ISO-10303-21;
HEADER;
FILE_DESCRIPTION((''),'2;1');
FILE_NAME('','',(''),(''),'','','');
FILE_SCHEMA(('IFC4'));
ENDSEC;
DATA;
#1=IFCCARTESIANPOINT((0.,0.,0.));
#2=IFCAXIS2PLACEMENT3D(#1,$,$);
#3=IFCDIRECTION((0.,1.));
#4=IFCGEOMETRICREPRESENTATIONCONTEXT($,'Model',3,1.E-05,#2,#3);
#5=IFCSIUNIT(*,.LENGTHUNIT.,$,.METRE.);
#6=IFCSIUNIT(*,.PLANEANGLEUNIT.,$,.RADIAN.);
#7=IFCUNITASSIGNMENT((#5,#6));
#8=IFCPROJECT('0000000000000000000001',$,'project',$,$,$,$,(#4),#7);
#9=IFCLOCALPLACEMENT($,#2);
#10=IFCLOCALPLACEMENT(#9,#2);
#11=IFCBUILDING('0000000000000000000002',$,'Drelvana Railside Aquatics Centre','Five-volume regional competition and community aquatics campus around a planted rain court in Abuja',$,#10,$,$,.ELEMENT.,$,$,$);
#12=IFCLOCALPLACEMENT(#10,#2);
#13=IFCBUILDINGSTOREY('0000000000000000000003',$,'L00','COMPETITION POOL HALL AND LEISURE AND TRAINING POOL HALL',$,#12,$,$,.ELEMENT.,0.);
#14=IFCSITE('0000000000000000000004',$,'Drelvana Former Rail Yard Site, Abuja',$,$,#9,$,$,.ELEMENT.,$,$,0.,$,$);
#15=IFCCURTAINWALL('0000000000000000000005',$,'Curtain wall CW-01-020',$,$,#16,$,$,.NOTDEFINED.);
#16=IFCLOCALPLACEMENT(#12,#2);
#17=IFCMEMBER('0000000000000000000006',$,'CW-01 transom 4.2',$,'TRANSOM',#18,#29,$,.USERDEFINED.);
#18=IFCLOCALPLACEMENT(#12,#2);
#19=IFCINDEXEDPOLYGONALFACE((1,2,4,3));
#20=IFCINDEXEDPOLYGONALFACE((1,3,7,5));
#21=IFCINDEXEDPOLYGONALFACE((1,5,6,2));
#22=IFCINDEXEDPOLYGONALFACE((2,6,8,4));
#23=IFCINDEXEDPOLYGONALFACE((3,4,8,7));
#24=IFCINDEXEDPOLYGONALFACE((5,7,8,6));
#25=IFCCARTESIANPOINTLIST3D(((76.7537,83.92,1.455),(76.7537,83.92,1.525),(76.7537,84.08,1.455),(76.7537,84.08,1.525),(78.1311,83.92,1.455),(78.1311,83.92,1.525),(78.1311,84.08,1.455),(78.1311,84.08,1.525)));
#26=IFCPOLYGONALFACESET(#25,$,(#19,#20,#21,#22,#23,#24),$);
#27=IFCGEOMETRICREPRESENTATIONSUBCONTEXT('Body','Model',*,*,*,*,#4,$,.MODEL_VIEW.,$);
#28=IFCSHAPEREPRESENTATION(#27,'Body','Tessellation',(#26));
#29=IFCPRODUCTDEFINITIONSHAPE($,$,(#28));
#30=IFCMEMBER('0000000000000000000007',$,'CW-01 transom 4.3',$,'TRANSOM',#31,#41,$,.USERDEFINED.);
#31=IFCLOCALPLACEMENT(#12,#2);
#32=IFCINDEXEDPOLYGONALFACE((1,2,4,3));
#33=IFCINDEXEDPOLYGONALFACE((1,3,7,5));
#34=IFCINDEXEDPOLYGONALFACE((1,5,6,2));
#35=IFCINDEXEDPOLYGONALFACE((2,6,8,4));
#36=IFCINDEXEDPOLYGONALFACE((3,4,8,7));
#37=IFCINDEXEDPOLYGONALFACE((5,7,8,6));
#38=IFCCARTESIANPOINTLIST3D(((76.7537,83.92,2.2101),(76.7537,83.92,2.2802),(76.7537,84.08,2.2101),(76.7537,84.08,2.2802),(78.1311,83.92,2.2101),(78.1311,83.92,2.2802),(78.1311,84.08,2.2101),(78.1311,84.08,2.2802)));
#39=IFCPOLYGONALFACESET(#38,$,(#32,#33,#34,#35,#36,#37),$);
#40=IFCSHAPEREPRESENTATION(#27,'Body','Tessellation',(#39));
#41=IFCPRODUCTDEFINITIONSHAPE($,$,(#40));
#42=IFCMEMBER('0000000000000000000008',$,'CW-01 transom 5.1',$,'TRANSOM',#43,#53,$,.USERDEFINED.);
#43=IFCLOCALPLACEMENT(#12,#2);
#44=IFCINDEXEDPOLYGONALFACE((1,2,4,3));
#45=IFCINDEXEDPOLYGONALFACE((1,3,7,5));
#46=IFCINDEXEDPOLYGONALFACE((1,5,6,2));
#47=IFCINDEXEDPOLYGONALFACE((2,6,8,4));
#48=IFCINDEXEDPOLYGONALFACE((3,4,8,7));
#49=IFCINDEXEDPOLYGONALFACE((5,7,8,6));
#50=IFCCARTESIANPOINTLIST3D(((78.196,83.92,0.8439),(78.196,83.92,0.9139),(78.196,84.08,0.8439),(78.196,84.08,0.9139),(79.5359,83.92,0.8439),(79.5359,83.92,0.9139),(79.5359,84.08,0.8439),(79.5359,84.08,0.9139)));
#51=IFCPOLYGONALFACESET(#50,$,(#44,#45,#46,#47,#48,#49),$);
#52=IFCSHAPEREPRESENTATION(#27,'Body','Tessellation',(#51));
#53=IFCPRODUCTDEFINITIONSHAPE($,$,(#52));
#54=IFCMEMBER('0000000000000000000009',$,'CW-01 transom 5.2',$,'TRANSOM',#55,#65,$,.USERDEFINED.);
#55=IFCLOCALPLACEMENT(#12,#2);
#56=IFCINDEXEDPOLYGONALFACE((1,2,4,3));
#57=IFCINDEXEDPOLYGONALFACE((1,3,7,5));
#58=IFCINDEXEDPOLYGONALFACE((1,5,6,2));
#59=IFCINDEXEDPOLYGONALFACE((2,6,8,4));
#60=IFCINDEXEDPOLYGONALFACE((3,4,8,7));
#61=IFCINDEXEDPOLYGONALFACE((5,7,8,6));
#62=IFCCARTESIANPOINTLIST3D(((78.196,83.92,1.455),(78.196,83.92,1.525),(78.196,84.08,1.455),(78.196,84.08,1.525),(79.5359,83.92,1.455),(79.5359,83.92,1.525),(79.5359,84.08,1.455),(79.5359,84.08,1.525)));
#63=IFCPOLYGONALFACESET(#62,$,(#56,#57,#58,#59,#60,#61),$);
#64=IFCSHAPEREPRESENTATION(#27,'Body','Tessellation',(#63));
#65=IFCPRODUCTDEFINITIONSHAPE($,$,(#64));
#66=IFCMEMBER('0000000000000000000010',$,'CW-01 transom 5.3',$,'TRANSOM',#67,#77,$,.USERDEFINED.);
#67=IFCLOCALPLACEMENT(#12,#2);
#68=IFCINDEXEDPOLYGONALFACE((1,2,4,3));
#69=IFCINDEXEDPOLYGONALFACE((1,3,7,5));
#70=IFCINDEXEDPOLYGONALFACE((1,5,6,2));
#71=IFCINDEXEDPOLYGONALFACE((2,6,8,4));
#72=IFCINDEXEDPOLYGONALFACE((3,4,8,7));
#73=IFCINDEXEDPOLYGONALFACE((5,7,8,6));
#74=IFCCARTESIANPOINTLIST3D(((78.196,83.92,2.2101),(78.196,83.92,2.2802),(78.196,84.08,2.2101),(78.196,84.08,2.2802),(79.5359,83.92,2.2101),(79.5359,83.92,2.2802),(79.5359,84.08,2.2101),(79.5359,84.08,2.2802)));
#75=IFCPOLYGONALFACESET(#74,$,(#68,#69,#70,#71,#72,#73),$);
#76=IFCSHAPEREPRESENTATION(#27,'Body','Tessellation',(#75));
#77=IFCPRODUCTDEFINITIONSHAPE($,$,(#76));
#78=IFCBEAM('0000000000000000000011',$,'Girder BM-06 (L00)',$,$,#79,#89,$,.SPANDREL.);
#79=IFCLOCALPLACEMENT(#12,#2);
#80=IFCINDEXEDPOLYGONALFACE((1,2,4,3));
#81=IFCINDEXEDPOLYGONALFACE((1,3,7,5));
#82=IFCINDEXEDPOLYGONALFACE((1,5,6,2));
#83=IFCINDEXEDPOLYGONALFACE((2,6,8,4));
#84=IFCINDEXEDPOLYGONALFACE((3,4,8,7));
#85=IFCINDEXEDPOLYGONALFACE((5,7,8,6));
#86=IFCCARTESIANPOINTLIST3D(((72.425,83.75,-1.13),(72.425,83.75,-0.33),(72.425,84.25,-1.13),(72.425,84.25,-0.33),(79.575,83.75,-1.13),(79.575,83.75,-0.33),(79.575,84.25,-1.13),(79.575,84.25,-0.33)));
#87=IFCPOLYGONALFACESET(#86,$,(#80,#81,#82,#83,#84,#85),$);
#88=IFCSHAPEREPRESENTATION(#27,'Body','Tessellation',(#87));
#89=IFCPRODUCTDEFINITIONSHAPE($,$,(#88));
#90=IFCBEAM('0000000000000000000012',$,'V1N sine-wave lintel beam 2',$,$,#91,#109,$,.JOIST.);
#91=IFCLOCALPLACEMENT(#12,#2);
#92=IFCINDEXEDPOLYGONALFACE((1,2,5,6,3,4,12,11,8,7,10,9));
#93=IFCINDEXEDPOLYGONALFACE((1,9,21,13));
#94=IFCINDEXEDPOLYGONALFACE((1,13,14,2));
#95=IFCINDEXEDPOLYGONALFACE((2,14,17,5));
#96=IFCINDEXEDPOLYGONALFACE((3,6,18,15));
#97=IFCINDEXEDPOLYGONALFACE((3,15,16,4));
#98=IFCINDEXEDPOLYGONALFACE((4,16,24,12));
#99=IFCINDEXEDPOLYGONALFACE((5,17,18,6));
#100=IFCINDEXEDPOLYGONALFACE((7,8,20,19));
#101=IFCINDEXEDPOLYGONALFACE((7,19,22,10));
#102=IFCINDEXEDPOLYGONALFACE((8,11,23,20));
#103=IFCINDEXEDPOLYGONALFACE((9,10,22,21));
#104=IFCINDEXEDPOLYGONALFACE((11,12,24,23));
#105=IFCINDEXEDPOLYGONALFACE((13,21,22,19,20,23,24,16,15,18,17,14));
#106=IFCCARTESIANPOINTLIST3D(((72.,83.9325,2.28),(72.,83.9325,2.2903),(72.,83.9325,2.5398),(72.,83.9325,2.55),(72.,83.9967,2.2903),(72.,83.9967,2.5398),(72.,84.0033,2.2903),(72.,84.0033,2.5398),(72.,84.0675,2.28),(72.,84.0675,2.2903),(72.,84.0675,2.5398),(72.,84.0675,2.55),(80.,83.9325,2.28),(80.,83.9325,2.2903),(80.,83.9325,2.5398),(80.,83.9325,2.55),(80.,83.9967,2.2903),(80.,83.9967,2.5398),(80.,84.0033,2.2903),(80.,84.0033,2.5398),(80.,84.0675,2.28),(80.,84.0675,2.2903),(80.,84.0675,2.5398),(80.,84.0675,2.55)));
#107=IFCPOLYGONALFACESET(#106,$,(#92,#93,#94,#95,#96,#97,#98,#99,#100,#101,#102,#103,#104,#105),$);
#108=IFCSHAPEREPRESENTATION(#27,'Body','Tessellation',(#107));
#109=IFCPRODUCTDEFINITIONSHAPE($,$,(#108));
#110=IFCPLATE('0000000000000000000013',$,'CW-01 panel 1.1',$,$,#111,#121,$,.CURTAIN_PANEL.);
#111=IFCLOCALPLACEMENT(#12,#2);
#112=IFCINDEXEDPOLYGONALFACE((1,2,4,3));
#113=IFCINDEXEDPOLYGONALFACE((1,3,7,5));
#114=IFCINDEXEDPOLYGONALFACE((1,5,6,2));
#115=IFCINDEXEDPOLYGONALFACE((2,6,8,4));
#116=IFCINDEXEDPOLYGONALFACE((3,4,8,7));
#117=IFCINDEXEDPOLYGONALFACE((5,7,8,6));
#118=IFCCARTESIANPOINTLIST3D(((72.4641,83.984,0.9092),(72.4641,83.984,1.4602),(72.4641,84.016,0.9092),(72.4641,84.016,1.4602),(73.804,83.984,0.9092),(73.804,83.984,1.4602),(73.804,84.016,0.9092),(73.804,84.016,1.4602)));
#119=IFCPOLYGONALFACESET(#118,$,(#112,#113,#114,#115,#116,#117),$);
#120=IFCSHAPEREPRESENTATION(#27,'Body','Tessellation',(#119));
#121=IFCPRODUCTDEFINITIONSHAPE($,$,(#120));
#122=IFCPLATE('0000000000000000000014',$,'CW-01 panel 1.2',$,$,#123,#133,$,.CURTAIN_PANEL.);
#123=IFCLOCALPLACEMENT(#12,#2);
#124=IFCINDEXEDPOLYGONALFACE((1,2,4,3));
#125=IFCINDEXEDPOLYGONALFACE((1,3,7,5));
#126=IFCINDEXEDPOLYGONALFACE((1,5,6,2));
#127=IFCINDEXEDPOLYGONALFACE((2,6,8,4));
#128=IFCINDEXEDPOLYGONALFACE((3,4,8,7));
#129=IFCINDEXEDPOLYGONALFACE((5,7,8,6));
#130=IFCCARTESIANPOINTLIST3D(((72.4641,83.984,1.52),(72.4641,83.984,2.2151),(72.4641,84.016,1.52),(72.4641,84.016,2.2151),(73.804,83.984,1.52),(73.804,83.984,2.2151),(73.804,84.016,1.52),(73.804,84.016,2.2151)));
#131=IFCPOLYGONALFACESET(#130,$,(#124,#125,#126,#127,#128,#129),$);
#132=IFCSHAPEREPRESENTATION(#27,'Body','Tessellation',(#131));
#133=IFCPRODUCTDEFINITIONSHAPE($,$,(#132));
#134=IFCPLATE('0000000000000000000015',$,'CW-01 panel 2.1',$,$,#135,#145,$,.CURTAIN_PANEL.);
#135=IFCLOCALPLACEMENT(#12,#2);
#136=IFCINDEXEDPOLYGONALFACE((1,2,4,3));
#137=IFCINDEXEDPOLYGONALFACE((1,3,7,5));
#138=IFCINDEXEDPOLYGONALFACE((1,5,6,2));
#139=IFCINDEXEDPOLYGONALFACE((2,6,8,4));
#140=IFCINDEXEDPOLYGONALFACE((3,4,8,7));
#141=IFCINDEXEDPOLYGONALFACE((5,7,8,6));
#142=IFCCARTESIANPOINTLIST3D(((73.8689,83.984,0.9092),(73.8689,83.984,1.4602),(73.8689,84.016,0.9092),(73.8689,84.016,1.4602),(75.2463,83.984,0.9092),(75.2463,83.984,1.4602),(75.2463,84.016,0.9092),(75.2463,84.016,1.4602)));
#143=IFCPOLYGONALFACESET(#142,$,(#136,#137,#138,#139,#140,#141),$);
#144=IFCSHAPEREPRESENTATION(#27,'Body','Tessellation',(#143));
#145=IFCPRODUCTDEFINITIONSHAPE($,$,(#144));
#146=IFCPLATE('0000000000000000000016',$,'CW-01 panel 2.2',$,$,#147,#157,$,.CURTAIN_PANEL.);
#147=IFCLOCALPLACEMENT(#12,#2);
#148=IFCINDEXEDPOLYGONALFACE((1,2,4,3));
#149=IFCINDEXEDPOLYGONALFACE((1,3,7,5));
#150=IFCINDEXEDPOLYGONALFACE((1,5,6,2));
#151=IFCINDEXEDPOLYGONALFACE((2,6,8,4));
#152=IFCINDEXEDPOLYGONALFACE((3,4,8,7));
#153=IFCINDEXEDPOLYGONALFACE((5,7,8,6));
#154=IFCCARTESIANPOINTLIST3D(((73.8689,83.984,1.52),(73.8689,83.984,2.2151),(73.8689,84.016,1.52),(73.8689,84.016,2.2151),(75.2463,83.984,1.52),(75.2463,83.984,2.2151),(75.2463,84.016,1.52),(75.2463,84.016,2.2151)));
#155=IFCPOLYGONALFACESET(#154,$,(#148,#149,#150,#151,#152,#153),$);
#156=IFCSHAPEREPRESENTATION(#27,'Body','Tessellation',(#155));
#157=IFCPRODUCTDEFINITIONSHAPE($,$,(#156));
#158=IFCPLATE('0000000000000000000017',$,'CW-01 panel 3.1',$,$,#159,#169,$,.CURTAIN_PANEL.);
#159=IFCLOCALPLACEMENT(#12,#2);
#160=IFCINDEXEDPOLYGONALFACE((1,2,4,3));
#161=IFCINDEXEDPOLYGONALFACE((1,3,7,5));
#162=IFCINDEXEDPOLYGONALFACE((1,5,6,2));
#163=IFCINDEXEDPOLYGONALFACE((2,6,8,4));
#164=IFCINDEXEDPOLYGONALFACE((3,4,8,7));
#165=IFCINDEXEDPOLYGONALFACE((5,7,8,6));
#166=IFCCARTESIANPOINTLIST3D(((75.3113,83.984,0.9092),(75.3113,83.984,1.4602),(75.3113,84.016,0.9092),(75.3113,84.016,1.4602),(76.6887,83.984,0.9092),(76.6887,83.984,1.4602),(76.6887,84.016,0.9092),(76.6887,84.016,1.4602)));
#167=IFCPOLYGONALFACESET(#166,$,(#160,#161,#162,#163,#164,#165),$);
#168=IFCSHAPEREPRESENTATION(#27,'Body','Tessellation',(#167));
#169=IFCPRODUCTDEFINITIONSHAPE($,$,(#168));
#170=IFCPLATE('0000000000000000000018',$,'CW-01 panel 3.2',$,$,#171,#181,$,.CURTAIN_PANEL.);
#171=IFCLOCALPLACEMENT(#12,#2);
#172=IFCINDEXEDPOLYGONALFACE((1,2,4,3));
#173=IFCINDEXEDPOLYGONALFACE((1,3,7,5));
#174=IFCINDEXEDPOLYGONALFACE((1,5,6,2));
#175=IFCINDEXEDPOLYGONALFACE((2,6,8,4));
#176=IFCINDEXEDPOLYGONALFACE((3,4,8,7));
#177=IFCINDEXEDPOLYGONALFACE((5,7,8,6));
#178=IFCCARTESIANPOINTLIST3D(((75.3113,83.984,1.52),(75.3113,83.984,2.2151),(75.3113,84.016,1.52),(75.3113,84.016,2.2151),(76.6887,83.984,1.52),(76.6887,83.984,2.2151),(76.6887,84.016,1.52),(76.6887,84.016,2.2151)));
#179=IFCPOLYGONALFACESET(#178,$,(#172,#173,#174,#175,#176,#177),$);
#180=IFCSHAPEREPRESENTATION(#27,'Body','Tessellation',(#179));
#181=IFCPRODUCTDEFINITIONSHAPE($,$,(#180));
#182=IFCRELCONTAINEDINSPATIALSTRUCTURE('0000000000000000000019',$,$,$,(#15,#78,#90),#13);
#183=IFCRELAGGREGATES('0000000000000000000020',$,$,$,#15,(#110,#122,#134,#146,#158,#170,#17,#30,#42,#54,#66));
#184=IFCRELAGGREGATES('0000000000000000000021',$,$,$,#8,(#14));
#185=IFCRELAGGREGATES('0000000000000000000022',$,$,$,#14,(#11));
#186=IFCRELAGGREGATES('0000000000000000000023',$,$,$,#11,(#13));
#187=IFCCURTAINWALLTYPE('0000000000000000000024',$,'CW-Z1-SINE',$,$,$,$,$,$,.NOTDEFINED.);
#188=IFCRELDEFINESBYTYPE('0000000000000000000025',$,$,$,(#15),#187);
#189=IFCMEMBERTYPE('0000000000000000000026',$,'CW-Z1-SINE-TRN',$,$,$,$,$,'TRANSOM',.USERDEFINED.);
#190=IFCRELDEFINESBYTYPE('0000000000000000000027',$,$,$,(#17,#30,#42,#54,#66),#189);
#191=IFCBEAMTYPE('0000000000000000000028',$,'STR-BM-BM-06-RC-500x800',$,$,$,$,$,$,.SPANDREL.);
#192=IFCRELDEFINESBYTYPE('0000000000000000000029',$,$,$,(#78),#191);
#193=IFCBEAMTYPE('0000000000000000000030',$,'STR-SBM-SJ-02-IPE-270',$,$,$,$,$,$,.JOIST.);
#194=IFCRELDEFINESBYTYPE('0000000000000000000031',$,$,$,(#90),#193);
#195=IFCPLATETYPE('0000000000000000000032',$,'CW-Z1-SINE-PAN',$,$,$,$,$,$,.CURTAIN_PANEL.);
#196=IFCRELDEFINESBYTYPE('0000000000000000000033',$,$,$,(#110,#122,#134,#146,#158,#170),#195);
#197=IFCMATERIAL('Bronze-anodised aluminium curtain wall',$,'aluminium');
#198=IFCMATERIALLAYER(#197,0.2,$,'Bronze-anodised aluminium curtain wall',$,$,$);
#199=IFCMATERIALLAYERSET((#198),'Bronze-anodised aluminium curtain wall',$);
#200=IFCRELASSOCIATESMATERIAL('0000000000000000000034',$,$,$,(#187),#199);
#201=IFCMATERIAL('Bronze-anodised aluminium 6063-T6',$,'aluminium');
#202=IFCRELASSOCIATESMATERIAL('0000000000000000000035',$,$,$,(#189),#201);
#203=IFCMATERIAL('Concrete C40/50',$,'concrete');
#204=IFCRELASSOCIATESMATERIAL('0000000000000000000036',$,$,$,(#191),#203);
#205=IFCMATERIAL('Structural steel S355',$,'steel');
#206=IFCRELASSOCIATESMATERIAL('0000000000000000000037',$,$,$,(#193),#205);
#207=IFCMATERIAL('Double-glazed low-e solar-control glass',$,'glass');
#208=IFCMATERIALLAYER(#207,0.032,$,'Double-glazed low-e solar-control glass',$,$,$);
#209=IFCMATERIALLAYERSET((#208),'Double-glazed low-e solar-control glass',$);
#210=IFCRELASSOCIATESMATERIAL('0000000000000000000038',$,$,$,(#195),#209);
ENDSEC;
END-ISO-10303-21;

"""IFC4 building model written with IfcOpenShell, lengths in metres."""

from ifc_helpers import new_model, si_unit, direction, frame, origin, origin_2d, place, context, subcontext, project, spatial, rectangle, i_section, extrude, material, layer, layer_set, material_profile, profile_set, type_object, element, aggregate, save


model = new_model("IFC4")

# Units and contexts
model_context = context("Model", 3, precision=1e-05, world=origin(), true_north=direction((0.0, 1.0)))
body_context = subcontext(model_context, "Body", "Model", "MODEL_VIEW")
ifc_project = project(units=[si_unit("LENGTHUNIT", "METRE"), si_unit("PLANEANGLEUNIT", "RADIAN")], contexts=[model_context])

# Site, building, storey
site_placement = place(None, origin())
site = spatial("IfcSite", under=ifc_project, at=site_placement, Name="Drelvana Former Rail Yard Site, Abuja", CompositionType="ELEMENT", RefElevation=0.0)
building_placement = place(site_placement, origin())
building = spatial("IfcBuilding", under=site, at=building_placement, Name="Drelvana Railside Aquatics Centre", Description="Five-volume regional competition and community aquatics campus around a planted rain court in Abuja", CompositionType="ELEMENT")
storey_placement = place(building_placement, origin())
storey = spatial("IfcBuildingStorey", under=building, at=storey_placement, Name="L00", Description="COMPETITION POOL HALL AND LEISURE AND TRAINING POOL HALL", CompositionType="ELEMENT", Elevation=0.0)

# Curtain wall, members
ifc_material_1 = material(Name="Bronze-anodised aluminium curtain wall", Category="aluminium")
ifc_layer_1 = layer(ifc_material_1, 0.2, Name="Bronze-anodised aluminium curtain wall")
ifc_layer_set_1 = layer_set([ifc_layer_1], Name="Bronze-anodised aluminium curtain wall")
curtain_wall_type = type_object("IfcCurtainWallType", Name="CW-Z1-SINE", PredefinedType="NOTDEFINED", material=ifc_layer_set_1)
curtain_wall_placement = place(storey_placement, origin())
curtain_wall = element("IfcCurtainWall", 1, at=curtain_wall_placement, inside=storey, type_object=curtain_wall_type, Name="Curtain wall CW-01-020", PredefinedType="NOTDEFINED")
ifc_material_2 = material(Name="Bronze-anodised aluminium 6063-T6", Category="aluminium")
ifc_material_profile_1 = material_profile(ifc_material_2, rectangle(XDim=0.1599, YDim=0.0701, at=origin_2d()), Name="ALU-T 70x160")
ifc_profile_set_1 = profile_set([ifc_material_profile_1], Name="Bronze-anodised aluminium 6063-T6")
member_type_1 = type_object("IfcMemberType", Name="CW-Z1-SINE-TRN", ElementType="TRANSOM", PredefinedType="USERDEFINED", material=ifc_profile_set_1)
member_1_placement = place(storey_placement, frame((76.7537, 84.0, 1.49), z_axis=(1.0, 0.0, 0.0), x_axis=(0.0, 1.0, 0.0)))
member_1 = element("IfcMember", 2, at=member_1_placement, type_object=member_type_1, Name="CW-01 transom 4.2", ObjectType="TRANSOM", PredefinedType="USERDEFINED", context=body_context, shape_type="SweptSolid", body=[
    extrude(rectangle(XDim=0.1599, YDim=0.0701, at=origin_2d()), origin(), (0.0, 0.0, 1.0), 1.3774),
])
member_2_placement = place(storey_placement, frame((76.7537, 84.0, 2.2451), z_axis=(1.0, 0.0, 0.0), x_axis=(0.0, 1.0, 0.0)))
member_2 = element("IfcMember", 3, at=member_2_placement, type_object=member_type_1, Name="CW-01 transom 4.3", ObjectType="TRANSOM", PredefinedType="USERDEFINED", context=body_context, shape_type="SweptSolid", body=[
    extrude(rectangle(XDim=0.1599, YDim=0.0701, at=origin_2d()), origin(), (0.0, 0.0, 1.0), 1.3774),
])
member_3_placement = place(storey_placement, frame((78.196, 84.0, 0.8789), z_axis=(1.0, 0.0, 0.0), x_axis=(0.0, 1.0, 0.0)))
member_3 = element("IfcMember", 4, at=member_3_placement, type_object=member_type_1, Name="CW-01 transom 5.1", ObjectType="TRANSOM", PredefinedType="USERDEFINED", context=body_context, shape_type="SweptSolid", body=[
    extrude(rectangle(XDim=0.1599, YDim=0.0701, at=origin_2d()), origin(), (0.0, 0.0, 1.0), 1.3398),
])
member_4_placement = place(storey_placement, frame((78.196, 84.0, 1.49), z_axis=(1.0, 0.0, 0.0), x_axis=(0.0, 1.0, 0.0)))
member_4 = element("IfcMember", 5, at=member_4_placement, type_object=member_type_1, Name="CW-01 transom 5.2", ObjectType="TRANSOM", PredefinedType="USERDEFINED", context=body_context, shape_type="SweptSolid", body=[
    extrude(rectangle(XDim=0.1599, YDim=0.0701, at=origin_2d()), origin(), (0.0, 0.0, 1.0), 1.3398),
])
member_5_placement = place(storey_placement, frame((78.196, 84.0, 2.2451), z_axis=(1.0, 0.0, 0.0), x_axis=(0.0, 1.0, 0.0)))
member_5 = element("IfcMember", 6, at=member_5_placement, type_object=member_type_1, Name="CW-01 transom 5.3", ObjectType="TRANSOM", PredefinedType="USERDEFINED", context=body_context, shape_type="SweptSolid", body=[
    extrude(rectangle(XDim=0.1599, YDim=0.0701, at=origin_2d()), origin(), (0.0, 0.0, 1.0), 1.3398),
])

# Beams
ifc_material_3 = material(Name="Concrete C40/50", Category="concrete")
ifc_material_profile_2 = material_profile(ifc_material_3, rectangle(XDim=0.5, YDim=0.8, at=origin_2d()), Name="RC 500x800")
ifc_profile_set_2 = profile_set([ifc_material_profile_2], Name="Concrete C40/50")
beam_type_1 = type_object("IfcBeamType", Name="STR-BM-BM-06-RC-500x800", PredefinedType="SPANDREL", material=ifc_profile_set_2)
beam_1_placement = place(storey_placement, frame((72.425, 84.0, -0.73), z_axis=(1.0, 0.0, 0.0), x_axis=(0.0, 1.0, 0.0)))
element("IfcBeam", 7, at=beam_1_placement, inside=storey, type_object=beam_type_1, Name="Girder BM-06 (L00)", PredefinedType="SPANDREL", context=body_context, shape_type="SweptSolid", body=[
    extrude(rectangle(XDim=0.5, YDim=0.8, at=origin_2d()), origin(), (0.0, 0.0, 1.0), 7.1499),
])
ifc_material_4 = material(Name="Structural steel S355", Category="steel")
ifc_material_profile_3 = material_profile(ifc_material_4, i_section(OverallWidth=0.135, OverallDepth=0.27, WebThickness=0.0066, FlangeThickness=0.0103, at=origin_2d()), Name="IPE 270")
ifc_profile_set_3 = profile_set([ifc_material_profile_3], Name="Structural steel S355")
beam_type_2 = type_object("IfcBeamType", Name="STR-SBM-SJ-02-IPE-270", PredefinedType="JOIST", material=ifc_profile_set_3)
beam_2_placement = place(storey_placement, frame((72.0, 84.0, 2.415), z_axis=(1.0, 0.0, 0.0), x_axis=(0.0, 1.0, 0.0)))
element("IfcBeam", 8, at=beam_2_placement, inside=storey, type_object=beam_type_2, Name="V1N sine-wave lintel beam 2", PredefinedType="JOIST", context=body_context, shape_type="SweptSolid", body=[
    extrude(i_section(OverallWidth=0.135, OverallDepth=0.27, WebThickness=0.0066, FlangeThickness=0.0103, at=origin_2d()), origin(), (0.0, 0.0, 1.0), 8.0),
])

# Plates
ifc_material_5 = material(Name="Double-glazed low-e solar-control glass", Category="glass")
ifc_layer_2 = layer(ifc_material_5, 0.032, Name="Double-glazed low-e solar-control glass")
ifc_layer_set_2 = layer_set([ifc_layer_2], Name="Double-glazed low-e solar-control glass")
plate_type = type_object("IfcPlateType", Name="CW-Z1-SINE-PAN", PredefinedType="CURTAIN_PANEL", material=ifc_layer_set_2)
plate_1_placement = place(storey_placement, frame((73.134, 84.0, 0.9092), z_axis=(0.0, 0.0, 1.0), x_axis=(1.0, 0.0, 0.0)))
plate_1 = element("IfcPlate", 9, at=plate_1_placement, type_object=plate_type, Name="CW-01 panel 1.1", PredefinedType="CURTAIN_PANEL", context=body_context, shape_type="SweptSolid", body=[
    extrude(rectangle(XDim=1.3398, YDim=0.032, at=origin_2d()), origin(), (0.0, 0.0, 1.0), 0.551),
])
plate_2_placement = place(storey_placement, frame((73.134, 84.0, 1.52), z_axis=(0.0, 0.0, 1.0), x_axis=(1.0, 0.0, 0.0)))
plate_2 = element("IfcPlate", 10, at=plate_2_placement, type_object=plate_type, Name="CW-01 panel 1.2", PredefinedType="CURTAIN_PANEL", context=body_context, shape_type="SweptSolid", body=[
    extrude(rectangle(XDim=1.3398, YDim=0.032, at=origin_2d()), origin(), (0.0, 0.0, 1.0), 0.6951),
])
plate_3_placement = place(storey_placement, frame((74.5576, 84.0, 0.9092), z_axis=(0.0, 0.0, 1.0), x_axis=(1.0, 0.0, 0.0)))
plate_3 = element("IfcPlate", 11, at=plate_3_placement, type_object=plate_type, Name="CW-01 panel 2.1", PredefinedType="CURTAIN_PANEL", context=body_context, shape_type="SweptSolid", body=[
    extrude(rectangle(XDim=1.3774, YDim=0.032, at=origin_2d()), origin(), (0.0, 0.0, 1.0), 0.551),
])
plate_4_placement = place(storey_placement, frame((74.5576, 84.0, 1.52), z_axis=(0.0, 0.0, 1.0), x_axis=(1.0, 0.0, 0.0)))
plate_4 = element("IfcPlate", 12, at=plate_4_placement, type_object=plate_type, Name="CW-01 panel 2.2", PredefinedType="CURTAIN_PANEL", context=body_context, shape_type="SweptSolid", body=[
    extrude(rectangle(XDim=1.3774, YDim=0.032, at=origin_2d()), origin(), (0.0, 0.0, 1.0), 0.6951),
])
plate_5_placement = place(storey_placement, frame((76.0, 84.0, 0.9092), z_axis=(0.0, 0.0, 1.0), x_axis=(1.0, 0.0, 0.0)))
plate_5 = element("IfcPlate", 13, at=plate_5_placement, type_object=plate_type, Name="CW-01 panel 3.1", PredefinedType="CURTAIN_PANEL", context=body_context, shape_type="SweptSolid", body=[
    extrude(rectangle(XDim=1.3774, YDim=0.032, at=origin_2d()), origin(), (0.0, 0.0, 1.0), 0.551),
])
plate_6_placement = place(storey_placement, frame((76.0, 84.0, 1.52), z_axis=(0.0, 0.0, 1.0), x_axis=(1.0, 0.0, 0.0)))
plate_6 = element("IfcPlate", 14, at=plate_6_placement, type_object=plate_type, Name="CW-01 panel 3.2", PredefinedType="CURTAIN_PANEL", context=body_context, shape_type="SweptSolid", body=[
    extrude(rectangle(XDim=1.3774, YDim=0.032, at=origin_2d()), origin(), (0.0, 0.0, 1.0), 0.6951),
])
aggregate(curtain_wall, [plate_1, plate_2, plate_3, plate_4, plate_5, plate_6, member_1, member_2, member_3, member_4, member_5])

save(model, "model.ifc")
